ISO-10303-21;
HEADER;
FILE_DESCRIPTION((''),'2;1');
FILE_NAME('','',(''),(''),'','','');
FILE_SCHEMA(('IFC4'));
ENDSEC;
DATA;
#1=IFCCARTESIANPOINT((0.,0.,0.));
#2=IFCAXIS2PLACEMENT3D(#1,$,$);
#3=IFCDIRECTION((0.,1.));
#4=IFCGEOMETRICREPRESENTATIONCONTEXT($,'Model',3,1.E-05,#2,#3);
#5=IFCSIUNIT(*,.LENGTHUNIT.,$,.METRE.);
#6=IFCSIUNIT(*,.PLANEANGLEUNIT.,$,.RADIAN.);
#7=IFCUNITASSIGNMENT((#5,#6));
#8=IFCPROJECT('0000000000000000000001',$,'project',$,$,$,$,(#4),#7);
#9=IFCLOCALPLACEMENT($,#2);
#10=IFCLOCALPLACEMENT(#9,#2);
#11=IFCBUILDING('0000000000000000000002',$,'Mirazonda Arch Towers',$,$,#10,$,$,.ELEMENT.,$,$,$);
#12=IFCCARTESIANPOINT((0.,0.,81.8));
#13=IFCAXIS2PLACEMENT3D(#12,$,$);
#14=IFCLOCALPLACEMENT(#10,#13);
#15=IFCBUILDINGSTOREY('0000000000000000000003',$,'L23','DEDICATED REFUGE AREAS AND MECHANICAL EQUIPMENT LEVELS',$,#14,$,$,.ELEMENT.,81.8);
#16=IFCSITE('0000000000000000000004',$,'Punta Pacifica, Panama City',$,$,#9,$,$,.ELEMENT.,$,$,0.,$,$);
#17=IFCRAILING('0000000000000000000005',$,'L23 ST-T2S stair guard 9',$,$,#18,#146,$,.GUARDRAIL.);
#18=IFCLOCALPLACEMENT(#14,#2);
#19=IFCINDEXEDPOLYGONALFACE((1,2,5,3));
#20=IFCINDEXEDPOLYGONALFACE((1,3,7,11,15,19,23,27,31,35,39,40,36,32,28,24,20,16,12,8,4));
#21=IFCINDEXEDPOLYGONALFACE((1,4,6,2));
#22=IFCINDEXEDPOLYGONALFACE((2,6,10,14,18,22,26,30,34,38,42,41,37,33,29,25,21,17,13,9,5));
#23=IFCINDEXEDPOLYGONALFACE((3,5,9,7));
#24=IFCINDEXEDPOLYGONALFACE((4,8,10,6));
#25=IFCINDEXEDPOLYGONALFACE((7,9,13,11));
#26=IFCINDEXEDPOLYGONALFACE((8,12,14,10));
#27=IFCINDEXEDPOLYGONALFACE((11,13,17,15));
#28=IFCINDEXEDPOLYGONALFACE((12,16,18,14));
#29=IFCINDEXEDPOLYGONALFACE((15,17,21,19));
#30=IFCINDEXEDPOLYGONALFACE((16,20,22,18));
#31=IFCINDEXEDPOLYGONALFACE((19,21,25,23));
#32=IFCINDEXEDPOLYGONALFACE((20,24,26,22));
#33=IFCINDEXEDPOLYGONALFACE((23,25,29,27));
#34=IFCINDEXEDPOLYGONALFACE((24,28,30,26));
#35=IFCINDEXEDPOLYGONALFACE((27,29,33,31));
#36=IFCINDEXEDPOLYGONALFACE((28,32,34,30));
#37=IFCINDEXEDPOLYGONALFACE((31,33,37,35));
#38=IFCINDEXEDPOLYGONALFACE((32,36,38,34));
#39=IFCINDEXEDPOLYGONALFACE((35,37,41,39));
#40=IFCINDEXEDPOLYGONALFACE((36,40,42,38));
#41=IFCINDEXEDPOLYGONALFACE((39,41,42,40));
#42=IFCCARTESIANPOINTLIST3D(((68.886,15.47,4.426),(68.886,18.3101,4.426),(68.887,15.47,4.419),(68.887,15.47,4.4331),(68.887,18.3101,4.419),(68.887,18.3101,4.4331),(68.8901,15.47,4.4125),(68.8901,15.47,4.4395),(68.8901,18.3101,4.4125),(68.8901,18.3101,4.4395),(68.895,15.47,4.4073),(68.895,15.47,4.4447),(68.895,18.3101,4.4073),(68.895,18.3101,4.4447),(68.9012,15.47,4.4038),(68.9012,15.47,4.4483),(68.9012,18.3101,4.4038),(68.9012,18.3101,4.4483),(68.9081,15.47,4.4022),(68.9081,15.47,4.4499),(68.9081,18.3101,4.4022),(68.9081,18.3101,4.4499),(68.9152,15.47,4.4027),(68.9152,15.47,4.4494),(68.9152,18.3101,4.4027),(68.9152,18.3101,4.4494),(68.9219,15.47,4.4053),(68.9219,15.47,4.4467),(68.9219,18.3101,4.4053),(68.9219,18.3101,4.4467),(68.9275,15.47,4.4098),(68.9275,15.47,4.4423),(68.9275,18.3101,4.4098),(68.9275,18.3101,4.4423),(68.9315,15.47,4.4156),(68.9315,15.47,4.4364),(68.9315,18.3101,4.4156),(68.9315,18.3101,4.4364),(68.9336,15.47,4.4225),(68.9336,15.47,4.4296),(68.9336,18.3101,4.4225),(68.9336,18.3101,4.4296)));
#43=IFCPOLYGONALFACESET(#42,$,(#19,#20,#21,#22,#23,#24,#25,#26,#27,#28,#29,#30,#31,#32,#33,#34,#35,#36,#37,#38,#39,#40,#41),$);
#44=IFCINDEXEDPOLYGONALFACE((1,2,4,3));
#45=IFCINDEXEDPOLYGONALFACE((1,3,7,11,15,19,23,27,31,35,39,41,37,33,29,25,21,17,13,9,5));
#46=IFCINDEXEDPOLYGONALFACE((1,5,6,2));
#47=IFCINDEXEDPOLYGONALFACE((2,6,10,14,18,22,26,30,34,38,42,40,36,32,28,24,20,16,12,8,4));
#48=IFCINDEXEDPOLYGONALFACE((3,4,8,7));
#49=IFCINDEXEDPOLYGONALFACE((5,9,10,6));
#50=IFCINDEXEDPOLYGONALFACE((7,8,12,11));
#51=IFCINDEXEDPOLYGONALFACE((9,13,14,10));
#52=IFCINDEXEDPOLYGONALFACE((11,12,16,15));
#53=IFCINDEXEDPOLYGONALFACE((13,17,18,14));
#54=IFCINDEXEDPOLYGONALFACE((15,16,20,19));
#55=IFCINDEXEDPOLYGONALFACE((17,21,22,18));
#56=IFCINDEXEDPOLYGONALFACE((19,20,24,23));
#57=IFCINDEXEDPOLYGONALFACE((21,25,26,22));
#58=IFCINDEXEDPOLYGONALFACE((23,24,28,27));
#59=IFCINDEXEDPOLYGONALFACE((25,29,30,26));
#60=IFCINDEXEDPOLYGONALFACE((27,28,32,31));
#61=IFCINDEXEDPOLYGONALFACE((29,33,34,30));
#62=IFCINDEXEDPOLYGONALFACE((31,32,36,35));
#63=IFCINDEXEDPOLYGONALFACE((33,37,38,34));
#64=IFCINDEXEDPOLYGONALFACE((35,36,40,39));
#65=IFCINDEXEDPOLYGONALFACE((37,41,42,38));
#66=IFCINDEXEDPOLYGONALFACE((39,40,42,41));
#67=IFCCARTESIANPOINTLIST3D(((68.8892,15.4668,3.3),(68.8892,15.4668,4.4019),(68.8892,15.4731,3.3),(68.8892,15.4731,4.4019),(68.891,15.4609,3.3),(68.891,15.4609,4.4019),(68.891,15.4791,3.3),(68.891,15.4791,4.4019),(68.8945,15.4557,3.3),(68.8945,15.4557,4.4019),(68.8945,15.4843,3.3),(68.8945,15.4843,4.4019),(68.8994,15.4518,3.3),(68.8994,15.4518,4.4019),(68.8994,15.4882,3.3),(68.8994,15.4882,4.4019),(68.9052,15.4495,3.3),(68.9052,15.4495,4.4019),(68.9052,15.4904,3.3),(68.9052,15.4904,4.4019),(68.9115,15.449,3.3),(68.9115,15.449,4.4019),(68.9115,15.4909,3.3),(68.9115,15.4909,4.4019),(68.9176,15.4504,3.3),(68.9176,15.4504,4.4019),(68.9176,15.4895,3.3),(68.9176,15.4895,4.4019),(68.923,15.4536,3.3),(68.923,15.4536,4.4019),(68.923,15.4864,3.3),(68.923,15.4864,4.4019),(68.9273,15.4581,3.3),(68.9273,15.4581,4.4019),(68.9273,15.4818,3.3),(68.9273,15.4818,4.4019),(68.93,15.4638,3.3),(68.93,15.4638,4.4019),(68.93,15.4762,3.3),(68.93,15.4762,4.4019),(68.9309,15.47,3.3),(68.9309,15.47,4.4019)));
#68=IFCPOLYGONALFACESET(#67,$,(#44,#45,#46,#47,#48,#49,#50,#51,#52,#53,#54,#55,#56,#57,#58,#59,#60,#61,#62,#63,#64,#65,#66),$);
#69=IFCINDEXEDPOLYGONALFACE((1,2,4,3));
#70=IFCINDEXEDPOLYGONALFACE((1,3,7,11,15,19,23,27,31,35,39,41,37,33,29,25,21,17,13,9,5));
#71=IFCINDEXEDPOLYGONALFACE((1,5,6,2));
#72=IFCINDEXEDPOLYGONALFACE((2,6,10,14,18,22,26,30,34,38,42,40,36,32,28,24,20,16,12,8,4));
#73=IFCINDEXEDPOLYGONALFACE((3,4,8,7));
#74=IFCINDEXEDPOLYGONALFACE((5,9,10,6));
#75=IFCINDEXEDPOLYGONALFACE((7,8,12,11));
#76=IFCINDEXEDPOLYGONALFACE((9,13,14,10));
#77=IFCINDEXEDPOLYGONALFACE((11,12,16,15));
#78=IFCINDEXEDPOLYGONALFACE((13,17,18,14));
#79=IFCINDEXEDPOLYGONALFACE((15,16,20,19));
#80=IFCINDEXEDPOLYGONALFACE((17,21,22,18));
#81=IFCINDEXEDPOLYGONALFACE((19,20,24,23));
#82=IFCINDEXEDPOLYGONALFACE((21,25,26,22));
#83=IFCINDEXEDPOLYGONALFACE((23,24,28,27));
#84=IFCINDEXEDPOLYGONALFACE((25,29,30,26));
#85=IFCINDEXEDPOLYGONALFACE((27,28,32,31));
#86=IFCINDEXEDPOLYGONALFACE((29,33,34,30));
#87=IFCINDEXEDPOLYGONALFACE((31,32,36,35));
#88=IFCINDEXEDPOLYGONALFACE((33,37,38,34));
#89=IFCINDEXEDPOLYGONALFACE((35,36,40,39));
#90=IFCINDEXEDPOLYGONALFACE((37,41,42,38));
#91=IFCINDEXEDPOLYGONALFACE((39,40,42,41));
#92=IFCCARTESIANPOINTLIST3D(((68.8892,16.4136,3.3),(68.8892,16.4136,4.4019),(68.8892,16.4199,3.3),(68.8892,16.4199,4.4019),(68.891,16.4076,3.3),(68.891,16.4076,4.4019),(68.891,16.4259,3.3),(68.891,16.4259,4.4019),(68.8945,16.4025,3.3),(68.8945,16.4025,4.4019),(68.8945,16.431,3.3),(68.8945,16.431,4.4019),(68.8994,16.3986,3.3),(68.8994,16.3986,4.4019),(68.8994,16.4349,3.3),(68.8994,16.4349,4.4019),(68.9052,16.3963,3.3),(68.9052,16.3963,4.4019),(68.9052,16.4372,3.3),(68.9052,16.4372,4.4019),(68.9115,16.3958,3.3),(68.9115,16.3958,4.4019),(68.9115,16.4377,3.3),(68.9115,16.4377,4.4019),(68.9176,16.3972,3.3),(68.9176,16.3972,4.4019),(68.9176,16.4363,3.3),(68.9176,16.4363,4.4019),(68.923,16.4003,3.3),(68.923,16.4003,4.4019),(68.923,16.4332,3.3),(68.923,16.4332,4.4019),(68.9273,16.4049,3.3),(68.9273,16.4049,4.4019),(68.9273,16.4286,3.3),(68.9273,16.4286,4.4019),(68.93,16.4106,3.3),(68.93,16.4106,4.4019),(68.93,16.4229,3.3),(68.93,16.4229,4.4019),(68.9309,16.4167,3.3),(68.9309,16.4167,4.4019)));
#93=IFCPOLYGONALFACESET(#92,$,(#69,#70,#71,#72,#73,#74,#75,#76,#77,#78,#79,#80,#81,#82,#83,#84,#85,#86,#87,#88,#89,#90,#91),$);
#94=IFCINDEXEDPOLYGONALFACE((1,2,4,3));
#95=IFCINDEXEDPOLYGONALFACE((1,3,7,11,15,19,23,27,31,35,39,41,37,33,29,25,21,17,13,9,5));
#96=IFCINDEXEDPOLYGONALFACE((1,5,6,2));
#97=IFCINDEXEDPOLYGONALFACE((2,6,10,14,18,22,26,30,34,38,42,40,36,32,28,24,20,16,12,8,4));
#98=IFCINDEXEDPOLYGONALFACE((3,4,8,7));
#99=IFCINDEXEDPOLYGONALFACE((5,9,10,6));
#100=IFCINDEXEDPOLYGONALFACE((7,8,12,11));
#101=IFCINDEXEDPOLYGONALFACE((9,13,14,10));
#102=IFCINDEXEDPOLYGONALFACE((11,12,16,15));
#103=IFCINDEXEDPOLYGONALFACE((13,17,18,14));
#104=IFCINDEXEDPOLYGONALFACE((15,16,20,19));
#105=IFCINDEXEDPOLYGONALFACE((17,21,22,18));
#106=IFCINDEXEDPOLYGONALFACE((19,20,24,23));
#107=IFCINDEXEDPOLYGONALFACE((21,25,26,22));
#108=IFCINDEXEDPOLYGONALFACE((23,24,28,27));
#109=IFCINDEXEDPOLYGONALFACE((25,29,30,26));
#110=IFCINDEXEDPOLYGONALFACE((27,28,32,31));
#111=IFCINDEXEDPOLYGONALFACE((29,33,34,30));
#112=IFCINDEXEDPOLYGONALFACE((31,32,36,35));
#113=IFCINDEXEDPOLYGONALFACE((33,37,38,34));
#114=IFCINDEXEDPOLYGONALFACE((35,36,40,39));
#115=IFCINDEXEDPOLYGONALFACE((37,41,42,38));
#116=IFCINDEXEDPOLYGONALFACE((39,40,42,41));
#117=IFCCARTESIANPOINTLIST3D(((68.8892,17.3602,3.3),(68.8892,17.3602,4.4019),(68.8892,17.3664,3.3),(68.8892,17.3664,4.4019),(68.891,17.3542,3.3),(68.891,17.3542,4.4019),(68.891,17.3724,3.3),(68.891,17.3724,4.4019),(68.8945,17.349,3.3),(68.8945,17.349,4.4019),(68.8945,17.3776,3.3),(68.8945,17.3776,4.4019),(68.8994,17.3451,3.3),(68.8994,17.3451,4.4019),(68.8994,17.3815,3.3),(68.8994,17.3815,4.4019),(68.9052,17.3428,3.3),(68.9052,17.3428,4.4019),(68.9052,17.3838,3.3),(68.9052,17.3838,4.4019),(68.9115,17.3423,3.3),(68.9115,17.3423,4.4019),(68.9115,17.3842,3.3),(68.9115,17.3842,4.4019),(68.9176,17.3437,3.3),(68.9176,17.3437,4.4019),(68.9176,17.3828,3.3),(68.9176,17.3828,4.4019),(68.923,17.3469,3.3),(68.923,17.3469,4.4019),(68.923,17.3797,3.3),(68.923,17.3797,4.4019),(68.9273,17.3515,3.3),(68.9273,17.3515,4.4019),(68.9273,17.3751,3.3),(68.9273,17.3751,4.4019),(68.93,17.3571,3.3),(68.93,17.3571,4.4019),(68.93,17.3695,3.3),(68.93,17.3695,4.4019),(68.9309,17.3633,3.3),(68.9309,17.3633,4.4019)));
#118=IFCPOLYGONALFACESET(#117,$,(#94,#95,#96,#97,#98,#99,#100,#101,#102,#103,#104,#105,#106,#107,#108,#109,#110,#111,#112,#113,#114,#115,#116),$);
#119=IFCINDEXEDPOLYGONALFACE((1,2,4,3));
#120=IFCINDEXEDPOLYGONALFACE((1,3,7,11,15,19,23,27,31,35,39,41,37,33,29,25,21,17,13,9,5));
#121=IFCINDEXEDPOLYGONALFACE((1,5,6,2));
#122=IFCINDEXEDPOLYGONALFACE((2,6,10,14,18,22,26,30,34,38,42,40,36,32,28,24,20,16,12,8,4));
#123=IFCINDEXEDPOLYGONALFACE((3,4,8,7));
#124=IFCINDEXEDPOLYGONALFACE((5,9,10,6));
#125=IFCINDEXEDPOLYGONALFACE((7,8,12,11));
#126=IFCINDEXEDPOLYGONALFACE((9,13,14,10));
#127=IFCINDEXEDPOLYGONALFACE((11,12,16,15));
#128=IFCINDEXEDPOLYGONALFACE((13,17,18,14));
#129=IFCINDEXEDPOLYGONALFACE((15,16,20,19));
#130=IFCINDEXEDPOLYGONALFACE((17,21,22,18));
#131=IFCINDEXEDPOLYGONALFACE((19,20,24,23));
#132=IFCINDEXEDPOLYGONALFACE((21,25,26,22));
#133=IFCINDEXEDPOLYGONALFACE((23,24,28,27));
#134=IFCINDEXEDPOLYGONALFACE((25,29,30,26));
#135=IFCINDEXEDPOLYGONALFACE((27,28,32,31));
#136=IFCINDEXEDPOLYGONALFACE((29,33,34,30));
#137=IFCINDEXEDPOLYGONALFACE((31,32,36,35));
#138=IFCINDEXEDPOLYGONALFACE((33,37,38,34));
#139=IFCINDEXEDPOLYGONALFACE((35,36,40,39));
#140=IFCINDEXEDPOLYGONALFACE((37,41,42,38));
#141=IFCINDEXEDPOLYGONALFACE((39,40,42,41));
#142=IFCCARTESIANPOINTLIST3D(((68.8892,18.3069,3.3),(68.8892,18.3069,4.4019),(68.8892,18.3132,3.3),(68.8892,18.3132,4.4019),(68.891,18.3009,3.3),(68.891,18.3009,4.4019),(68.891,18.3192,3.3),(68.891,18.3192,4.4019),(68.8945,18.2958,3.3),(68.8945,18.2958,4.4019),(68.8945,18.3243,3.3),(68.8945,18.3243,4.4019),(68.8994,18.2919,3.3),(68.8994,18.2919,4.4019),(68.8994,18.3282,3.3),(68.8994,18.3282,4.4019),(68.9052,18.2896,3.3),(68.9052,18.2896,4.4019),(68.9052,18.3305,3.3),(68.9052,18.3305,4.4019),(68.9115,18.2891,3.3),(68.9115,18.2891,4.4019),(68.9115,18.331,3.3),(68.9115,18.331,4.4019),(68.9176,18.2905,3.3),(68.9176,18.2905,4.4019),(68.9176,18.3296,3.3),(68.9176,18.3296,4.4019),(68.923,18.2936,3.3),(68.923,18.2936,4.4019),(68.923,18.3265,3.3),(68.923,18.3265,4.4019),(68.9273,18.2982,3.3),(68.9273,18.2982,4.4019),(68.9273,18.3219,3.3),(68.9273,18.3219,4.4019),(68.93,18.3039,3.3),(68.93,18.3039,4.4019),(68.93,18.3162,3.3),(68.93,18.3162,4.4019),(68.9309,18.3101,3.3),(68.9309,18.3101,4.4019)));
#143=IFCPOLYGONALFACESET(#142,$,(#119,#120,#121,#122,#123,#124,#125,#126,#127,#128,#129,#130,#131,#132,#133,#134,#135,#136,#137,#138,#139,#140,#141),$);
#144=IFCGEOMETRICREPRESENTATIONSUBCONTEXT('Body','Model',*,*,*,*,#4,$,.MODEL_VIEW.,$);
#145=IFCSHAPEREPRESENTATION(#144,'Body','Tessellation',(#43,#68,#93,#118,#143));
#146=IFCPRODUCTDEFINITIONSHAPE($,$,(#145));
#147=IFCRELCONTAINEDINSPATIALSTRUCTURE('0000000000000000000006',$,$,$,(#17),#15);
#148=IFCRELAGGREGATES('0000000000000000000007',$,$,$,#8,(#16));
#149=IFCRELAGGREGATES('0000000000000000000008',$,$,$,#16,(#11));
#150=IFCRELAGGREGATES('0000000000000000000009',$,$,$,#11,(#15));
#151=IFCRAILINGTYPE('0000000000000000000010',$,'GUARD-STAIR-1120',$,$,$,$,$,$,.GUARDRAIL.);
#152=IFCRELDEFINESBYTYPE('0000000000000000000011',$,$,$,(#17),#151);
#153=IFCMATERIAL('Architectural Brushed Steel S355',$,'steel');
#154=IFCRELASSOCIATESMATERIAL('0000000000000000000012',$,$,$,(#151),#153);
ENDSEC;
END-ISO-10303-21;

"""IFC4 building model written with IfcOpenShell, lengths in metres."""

from ifc_helpers import new_model, si_unit, direction, frame, origin, origin_2d, place, context, subcontext, project, spatial, circle, extrude, material, type_object, element, save


model = new_model("IFC4")

# Units and contexts
model_context = context("Model", 3, precision=1e-05, world=origin(), true_north=direction((0.0, 1.0)))
body_context = subcontext(model_context, "Body", "Model", "MODEL_VIEW")
ifc_project = project(units=[si_unit("LENGTHUNIT", "METRE"), si_unit("PLANEANGLEUNIT", "RADIAN")], contexts=[model_context])

# Site, building, storey
site_placement = place(None, origin())
site = spatial("IfcSite", under=ifc_project, at=site_placement, Name="Punta Pacifica, Panama City", CompositionType="ELEMENT", RefElevation=0.0)
building_placement = place(site_placement, origin())
building = spatial("IfcBuilding", under=site, at=building_placement, Name="Mirazonda Arch Towers", CompositionType="ELEMENT")
storey_placement = place(building_placement, frame((0.0, 0.0, 81.8)))
storey = spatial("IfcBuildingStorey", under=building, at=storey_placement, Name="L23", Description="DEDICATED REFUGE AREAS AND MECHANICAL EQUIPMENT LEVELS", CompositionType="ELEMENT", Elevation=81.8)

# Shared definitions
ifc_material_1 = material(Name="Architectural Brushed Steel S355", Category="steel")

# Railing
railing_type_1 = type_object("IfcRailingType", Name="GUARD-STAIR-1120", PredefinedType="GUARDRAIL", material=ifc_material_1)
railing_1_placement = place(storey_placement, frame((68.9099, 15.47, 3.3)))
element("IfcRailing", 1, at=railing_1_placement, inside=storey, type_object=railing_type_1, Name="L23 ST-T2S stair guard 9", PredefinedType="GUARDRAIL", context=body_context, shape_type="SweptSolid", body=[
    extrude(circle(Radius=0.0239, at=origin_2d()), frame((0.0, 0.0, 1.126), z_axis=(0.0, 1.0, 0.0), x_axis=(-1.0, 0.0, 0.0)), (0.0, 0.0, 1.0), 2.8401),
    extrude(circle(Radius=0.021, at=origin_2d()), origin(), (0.0, 0.0, 1.0), 1.1018),
    extrude(circle(Radius=0.021, at=origin_2d()), frame((0.0, 0.9468, 0.0)), (0.0, 0.0, 1.0), 1.1018),
    extrude(circle(Radius=0.021, at=origin_2d()), frame((0.0, 1.8933, 0.0)), (0.0, 0.0, 1.0), 1.1018),
    extrude(circle(Radius=0.021, at=origin_2d()), frame((0.0, 2.8401, 0.0)), (0.0, 0.0, 1.0), 1.1018),
])

save(model, "model.ifc")
